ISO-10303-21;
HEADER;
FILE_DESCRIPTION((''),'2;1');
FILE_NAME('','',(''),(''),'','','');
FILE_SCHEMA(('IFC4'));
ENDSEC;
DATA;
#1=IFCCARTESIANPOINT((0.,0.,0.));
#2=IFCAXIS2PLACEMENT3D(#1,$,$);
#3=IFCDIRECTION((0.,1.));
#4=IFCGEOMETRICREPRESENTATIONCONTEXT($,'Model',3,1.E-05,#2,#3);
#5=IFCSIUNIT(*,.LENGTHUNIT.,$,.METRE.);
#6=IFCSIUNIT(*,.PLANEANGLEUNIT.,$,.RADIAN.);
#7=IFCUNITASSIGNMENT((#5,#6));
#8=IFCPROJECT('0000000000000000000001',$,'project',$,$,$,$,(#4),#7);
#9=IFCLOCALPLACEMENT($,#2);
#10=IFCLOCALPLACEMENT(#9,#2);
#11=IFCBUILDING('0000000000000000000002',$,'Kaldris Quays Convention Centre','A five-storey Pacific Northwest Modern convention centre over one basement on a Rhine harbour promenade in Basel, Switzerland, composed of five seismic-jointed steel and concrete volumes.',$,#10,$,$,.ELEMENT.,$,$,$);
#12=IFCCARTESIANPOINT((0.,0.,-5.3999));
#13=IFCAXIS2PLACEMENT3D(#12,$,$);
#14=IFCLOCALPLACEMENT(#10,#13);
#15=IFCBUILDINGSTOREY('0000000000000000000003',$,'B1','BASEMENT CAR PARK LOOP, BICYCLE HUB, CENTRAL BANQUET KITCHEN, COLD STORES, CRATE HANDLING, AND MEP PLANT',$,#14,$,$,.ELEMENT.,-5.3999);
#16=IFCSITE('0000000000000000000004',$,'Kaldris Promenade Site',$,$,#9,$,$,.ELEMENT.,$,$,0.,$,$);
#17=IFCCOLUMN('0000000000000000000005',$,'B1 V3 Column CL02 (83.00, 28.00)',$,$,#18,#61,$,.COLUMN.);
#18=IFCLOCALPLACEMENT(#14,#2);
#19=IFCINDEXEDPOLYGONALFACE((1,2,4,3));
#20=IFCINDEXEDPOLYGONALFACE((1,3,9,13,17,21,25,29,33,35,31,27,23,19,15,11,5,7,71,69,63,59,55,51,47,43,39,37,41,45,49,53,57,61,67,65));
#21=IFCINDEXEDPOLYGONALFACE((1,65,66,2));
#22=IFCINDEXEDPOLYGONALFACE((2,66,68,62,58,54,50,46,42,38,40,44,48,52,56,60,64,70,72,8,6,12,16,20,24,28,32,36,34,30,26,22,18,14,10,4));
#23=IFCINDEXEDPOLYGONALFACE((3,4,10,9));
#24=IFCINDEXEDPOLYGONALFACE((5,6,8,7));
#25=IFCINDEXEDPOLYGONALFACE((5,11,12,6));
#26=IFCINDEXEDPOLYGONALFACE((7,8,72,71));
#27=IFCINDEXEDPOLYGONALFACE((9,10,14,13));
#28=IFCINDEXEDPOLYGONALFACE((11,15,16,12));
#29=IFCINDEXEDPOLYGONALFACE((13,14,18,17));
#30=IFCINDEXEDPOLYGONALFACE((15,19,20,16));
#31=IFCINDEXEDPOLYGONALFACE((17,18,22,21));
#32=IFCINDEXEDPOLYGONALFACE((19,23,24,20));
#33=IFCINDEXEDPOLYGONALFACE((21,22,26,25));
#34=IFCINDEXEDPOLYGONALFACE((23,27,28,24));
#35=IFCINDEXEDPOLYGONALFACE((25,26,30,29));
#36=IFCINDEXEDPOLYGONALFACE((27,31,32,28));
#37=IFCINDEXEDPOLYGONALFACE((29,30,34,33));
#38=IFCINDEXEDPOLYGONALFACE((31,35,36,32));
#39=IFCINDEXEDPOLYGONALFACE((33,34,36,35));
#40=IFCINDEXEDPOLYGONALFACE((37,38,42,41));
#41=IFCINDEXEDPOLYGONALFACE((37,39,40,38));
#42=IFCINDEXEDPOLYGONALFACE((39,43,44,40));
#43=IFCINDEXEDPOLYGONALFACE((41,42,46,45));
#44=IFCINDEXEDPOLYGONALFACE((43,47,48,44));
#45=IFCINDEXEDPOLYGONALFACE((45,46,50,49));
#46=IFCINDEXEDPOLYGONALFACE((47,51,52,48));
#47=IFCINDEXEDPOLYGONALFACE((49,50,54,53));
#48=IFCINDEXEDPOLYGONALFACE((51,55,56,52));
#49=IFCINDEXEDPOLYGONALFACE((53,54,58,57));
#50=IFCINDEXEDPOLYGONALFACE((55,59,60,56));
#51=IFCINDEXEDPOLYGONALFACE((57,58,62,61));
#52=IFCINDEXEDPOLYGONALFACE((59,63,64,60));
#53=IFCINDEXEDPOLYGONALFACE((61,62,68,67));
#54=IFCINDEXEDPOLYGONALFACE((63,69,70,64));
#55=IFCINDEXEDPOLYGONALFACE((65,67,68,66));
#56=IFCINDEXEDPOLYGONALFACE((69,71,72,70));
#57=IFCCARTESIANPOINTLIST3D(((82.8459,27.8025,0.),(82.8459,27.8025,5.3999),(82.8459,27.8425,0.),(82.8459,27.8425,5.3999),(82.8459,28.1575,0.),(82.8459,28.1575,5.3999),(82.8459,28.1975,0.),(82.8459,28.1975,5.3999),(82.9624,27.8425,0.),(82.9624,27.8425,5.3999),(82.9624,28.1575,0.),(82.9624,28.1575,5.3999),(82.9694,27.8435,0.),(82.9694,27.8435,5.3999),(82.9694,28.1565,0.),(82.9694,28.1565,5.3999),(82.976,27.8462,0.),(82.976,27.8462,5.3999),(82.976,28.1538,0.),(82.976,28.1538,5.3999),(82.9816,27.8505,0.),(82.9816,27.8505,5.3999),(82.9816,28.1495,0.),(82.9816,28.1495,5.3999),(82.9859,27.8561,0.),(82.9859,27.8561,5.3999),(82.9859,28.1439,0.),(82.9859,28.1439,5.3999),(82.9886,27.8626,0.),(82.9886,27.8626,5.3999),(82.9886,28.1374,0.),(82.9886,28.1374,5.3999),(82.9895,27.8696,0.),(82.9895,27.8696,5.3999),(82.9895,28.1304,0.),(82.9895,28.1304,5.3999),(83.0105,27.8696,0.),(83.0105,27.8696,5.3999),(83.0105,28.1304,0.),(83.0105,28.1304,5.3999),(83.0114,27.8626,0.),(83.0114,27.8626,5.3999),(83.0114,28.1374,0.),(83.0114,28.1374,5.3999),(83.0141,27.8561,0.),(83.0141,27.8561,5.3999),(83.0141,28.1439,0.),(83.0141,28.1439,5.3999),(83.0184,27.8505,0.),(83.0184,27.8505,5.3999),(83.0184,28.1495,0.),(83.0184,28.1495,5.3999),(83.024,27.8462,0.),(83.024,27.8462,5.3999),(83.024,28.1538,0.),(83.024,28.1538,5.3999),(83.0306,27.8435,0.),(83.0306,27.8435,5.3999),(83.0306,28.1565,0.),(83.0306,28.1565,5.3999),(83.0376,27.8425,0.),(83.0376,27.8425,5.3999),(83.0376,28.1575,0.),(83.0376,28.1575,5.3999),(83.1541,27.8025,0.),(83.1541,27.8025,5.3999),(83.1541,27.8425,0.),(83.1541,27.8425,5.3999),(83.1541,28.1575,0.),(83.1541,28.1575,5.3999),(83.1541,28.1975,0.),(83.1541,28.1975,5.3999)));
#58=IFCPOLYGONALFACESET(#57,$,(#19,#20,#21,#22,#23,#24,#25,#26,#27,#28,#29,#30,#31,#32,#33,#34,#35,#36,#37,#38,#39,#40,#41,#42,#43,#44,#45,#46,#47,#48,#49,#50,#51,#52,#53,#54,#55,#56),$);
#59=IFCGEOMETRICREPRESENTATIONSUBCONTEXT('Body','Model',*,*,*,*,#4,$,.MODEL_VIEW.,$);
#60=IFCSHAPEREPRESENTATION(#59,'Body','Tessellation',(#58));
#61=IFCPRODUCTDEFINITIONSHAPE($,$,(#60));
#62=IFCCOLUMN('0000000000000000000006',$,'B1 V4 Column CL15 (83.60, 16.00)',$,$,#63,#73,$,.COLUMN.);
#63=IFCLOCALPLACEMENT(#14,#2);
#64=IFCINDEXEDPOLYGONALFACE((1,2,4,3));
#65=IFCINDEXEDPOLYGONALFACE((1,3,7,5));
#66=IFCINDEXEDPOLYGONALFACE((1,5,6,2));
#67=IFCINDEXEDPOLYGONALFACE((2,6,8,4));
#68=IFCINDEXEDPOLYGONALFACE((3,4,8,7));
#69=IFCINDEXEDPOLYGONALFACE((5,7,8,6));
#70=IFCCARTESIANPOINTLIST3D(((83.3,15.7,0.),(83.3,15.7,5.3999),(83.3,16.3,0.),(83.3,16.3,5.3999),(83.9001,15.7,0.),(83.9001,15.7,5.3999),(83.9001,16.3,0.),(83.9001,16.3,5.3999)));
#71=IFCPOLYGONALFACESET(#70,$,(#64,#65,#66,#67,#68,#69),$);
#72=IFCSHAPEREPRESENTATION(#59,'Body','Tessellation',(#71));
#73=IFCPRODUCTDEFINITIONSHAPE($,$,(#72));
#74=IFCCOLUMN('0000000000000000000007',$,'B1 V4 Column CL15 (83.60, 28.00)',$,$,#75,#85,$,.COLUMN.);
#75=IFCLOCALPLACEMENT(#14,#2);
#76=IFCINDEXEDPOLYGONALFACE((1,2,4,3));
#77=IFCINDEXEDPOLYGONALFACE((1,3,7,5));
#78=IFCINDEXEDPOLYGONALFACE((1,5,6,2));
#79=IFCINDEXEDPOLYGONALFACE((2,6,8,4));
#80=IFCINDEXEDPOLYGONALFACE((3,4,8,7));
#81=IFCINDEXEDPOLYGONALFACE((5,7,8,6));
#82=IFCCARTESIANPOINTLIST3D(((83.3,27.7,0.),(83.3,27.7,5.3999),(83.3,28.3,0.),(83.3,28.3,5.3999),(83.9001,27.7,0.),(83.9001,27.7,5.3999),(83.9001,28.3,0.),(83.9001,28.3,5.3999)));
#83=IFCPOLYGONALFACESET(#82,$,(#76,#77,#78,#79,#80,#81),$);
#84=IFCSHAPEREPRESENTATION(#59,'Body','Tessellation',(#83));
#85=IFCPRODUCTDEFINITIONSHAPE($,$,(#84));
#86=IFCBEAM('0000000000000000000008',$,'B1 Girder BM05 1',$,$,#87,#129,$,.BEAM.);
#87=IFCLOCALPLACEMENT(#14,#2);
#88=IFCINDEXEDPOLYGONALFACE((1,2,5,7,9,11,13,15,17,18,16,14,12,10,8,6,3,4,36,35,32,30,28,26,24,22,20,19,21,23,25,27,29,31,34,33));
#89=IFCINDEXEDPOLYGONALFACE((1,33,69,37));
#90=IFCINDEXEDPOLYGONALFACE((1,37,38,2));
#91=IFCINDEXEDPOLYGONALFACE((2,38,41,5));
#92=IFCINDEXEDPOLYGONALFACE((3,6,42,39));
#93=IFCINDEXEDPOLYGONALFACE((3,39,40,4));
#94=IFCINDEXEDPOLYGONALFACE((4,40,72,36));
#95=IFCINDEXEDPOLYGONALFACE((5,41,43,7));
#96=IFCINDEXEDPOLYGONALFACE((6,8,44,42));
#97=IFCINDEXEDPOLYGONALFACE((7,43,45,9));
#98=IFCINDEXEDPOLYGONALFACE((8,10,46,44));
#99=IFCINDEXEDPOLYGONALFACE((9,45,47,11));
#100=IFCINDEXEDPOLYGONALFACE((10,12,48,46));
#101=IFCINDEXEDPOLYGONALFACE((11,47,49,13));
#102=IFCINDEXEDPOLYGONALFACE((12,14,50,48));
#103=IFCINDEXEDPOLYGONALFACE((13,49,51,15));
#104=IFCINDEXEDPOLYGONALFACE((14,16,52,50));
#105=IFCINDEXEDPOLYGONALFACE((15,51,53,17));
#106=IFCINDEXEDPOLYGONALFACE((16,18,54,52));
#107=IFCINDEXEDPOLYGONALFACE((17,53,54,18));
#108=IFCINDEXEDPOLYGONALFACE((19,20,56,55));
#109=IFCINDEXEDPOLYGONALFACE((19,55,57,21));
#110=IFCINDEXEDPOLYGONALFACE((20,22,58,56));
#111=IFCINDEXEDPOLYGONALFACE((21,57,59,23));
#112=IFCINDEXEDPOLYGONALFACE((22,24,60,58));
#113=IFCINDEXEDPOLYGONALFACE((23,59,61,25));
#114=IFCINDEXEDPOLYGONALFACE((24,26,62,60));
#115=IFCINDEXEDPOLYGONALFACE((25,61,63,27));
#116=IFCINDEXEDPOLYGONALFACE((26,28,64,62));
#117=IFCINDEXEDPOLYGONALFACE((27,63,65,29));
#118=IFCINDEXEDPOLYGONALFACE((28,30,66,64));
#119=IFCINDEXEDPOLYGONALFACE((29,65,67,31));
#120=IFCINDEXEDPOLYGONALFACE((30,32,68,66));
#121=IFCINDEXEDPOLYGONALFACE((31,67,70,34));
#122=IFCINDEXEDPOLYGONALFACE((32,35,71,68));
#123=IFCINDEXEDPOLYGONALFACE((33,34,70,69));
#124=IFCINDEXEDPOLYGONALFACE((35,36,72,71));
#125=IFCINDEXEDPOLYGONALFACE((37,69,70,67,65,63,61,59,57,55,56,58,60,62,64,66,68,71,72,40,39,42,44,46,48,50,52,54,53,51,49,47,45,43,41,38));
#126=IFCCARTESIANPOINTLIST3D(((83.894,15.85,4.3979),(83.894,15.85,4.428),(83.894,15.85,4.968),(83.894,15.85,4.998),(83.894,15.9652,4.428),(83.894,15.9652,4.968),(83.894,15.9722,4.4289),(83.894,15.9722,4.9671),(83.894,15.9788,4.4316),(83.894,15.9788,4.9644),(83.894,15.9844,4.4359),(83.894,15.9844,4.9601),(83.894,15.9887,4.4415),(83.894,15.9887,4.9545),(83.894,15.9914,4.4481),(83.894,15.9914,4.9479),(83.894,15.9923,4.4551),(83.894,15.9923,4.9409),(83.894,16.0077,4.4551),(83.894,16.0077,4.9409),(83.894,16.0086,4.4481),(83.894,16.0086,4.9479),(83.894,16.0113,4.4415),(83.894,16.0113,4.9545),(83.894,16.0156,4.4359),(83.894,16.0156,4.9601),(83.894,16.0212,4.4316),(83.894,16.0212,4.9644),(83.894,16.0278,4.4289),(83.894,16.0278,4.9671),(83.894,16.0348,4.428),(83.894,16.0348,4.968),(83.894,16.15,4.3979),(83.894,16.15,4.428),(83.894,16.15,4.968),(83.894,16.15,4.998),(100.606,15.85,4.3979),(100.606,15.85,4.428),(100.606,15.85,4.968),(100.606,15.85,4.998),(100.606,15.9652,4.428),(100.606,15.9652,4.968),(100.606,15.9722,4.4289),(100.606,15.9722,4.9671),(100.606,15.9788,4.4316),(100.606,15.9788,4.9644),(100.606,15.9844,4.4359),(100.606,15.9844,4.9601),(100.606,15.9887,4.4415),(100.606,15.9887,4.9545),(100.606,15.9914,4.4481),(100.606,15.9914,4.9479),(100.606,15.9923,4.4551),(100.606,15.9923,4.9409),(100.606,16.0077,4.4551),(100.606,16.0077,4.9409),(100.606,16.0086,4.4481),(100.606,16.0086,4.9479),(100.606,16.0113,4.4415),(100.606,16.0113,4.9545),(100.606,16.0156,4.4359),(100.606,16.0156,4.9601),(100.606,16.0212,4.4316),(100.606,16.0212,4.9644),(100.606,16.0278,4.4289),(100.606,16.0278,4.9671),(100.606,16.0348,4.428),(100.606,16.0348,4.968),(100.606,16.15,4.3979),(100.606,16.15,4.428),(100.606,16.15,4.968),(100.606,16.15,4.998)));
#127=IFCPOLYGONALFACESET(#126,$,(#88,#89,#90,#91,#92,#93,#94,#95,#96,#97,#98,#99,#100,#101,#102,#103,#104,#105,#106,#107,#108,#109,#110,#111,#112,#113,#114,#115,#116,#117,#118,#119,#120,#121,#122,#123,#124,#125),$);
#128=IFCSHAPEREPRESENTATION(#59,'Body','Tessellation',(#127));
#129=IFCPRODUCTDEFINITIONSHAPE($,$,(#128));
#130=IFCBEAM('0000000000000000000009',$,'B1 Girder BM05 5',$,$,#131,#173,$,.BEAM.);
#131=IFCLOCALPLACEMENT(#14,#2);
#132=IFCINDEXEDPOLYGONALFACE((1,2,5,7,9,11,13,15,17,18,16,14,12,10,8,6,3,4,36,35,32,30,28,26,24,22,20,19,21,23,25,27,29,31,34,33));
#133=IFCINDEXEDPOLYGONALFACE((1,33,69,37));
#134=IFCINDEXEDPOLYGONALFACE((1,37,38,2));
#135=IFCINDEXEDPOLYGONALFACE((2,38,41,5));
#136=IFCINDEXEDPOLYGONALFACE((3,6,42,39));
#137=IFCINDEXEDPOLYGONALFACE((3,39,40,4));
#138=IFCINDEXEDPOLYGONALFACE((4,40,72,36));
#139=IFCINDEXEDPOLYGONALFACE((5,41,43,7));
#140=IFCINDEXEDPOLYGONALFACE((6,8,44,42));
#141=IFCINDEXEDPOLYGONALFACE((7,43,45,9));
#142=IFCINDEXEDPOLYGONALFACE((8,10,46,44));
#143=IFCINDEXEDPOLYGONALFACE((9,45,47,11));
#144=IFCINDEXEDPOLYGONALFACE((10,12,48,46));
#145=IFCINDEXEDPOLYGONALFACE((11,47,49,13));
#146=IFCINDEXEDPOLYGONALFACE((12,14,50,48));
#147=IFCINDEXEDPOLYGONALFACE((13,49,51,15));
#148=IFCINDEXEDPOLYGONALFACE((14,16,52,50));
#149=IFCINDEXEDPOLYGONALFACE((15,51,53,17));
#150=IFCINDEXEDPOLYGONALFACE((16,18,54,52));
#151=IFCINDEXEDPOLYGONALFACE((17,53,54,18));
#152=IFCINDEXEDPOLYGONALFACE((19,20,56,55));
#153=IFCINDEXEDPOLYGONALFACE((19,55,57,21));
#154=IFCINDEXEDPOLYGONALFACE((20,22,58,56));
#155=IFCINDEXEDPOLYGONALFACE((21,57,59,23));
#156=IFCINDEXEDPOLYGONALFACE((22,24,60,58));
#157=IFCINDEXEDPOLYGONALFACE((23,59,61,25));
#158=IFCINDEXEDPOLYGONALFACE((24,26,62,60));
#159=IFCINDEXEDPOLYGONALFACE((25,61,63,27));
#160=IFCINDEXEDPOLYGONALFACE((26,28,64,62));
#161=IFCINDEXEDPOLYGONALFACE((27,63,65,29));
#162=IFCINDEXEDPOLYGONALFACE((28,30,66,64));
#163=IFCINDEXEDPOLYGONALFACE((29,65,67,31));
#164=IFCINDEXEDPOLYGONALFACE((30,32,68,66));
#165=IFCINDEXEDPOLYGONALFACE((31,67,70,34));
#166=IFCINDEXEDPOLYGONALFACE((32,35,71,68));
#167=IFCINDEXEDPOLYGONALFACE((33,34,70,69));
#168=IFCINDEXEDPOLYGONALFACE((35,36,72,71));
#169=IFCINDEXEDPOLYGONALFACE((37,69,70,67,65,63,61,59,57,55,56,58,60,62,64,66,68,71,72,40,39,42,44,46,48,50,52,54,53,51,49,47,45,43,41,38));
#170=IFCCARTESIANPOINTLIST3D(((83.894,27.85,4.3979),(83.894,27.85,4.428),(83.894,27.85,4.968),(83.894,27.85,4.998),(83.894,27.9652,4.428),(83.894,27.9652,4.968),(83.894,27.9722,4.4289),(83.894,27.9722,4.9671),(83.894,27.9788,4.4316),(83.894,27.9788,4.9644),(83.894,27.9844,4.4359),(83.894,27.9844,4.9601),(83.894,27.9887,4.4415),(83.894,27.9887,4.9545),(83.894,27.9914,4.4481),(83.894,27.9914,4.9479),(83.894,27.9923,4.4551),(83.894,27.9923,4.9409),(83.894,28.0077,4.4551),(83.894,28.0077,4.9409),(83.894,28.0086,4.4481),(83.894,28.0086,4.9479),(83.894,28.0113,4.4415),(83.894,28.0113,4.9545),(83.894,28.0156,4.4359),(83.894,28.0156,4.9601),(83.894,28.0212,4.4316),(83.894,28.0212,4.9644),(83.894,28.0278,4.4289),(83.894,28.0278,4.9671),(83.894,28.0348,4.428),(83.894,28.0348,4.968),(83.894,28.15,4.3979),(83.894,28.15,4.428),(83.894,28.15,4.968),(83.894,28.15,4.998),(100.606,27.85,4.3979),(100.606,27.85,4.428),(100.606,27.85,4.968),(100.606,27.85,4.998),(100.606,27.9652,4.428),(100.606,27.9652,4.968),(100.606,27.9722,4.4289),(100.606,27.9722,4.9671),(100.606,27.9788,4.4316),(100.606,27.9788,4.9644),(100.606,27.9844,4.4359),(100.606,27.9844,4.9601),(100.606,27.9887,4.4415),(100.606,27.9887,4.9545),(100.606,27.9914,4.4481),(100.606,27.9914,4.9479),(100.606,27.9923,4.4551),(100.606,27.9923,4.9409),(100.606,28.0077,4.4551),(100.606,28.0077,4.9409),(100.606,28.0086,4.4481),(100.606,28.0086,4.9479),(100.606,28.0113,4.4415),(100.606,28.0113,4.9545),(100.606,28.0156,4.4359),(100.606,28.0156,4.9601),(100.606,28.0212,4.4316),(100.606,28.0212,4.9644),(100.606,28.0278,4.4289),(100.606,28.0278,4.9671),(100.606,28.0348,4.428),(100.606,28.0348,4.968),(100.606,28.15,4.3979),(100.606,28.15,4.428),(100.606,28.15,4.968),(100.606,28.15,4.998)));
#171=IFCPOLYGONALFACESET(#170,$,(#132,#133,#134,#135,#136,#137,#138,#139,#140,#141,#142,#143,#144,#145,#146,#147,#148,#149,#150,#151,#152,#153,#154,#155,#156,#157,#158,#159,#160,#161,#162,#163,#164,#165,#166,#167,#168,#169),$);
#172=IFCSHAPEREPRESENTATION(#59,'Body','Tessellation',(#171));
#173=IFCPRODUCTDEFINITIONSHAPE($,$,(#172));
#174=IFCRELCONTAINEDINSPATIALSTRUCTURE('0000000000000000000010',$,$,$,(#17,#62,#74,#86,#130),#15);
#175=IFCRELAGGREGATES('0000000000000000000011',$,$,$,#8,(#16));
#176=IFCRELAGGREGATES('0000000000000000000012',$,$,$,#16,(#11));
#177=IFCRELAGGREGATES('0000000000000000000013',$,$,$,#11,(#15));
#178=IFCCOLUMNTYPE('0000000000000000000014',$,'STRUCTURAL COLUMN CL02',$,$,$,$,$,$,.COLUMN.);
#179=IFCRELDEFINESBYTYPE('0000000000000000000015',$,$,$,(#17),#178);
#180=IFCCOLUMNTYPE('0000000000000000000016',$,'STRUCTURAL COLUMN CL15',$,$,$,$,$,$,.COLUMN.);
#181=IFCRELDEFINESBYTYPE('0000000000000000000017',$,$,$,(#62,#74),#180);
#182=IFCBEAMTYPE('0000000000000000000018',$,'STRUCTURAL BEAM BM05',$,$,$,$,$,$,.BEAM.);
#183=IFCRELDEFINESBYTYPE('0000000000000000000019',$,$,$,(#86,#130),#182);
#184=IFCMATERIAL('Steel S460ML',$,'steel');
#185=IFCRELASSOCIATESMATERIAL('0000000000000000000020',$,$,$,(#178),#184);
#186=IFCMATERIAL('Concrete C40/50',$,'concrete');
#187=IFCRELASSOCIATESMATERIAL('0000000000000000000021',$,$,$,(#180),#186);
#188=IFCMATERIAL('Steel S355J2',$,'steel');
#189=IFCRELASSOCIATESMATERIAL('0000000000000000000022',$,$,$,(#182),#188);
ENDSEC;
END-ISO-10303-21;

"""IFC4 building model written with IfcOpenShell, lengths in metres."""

from ifc_helpers import new_model, si_unit, direction, frame, origin, origin_2d, place, context, subcontext, project, spatial, rectangle, i_section, extrude, material, material_profile, profile_set, type_object, element, save


model = new_model("IFC4")

# Units and contexts
model_context = context("Model", 3, precision=1e-05, world=origin(), true_north=direction((0.0, 1.0)))
body_context = subcontext(model_context, "Body", "Model", "MODEL_VIEW")
ifc_project = project(units=[si_unit("LENGTHUNIT", "METRE"), si_unit("PLANEANGLEUNIT", "RADIAN")], contexts=[model_context])

# Site, building, storey
site_placement = place(None, origin())
site = spatial("IfcSite", under=ifc_project, at=site_placement, Name="Kaldris Promenade Site", CompositionType="ELEMENT", RefElevation=0.0)
building_placement = place(site_placement, origin())
building = spatial("IfcBuilding", under=site, at=building_placement, Name="Kaldris Quays Convention Centre", Description="A five-storey Pacific Northwest Modern convention centre over one basement on a Rhine harbour promenade in Basel, Switzerland, composed of five seismic-jointed steel and concrete volumes.", CompositionType="ELEMENT")
storey_placement = place(building_placement, frame((0.0, 0.0, -5.3999)))
storey = spatial("IfcBuildingStorey", under=building, at=storey_placement, Name="B1", Description="BASEMENT CAR PARK LOOP, BICYCLE HUB, CENTRAL BANQUET KITCHEN, COLD STORES, CRATE HANDLING, AND MEP PLANT", CompositionType="ELEMENT", Elevation=-5.3999)

# Columns
ifc_material_1 = material(Name="Steel S460ML", Category="steel")
ifc_material_profile_1 = material_profile(ifc_material_1, i_section(OverallWidth=0.3081, OverallDepth=0.395, WebThickness=0.021, FlangeThickness=0.04, FilletRadius=0.0271, at=origin_2d()), Name="HEM 360")
ifc_profile_set_1 = profile_set([ifc_material_profile_1], Name="Steel S460ML")
column_type_1 = type_object("IfcColumnType", Name="STRUCTURAL COLUMN CL02", PredefinedType="COLUMN", material=ifc_profile_set_1)
for number, where, z_axis, x_axis, name in (
    (1, (83.0, 28.0, 0.0), (0.0, 0.0, 1.0), (1.0, 0.0, 0.0), "B1 V3 Column CL02 (83.00, 28.00)"),
):
    element("IfcColumn", number, at=place(storey_placement, frame(where, z_axis=z_axis, x_axis=x_axis)), inside=storey, type_object=column_type_1, Name=name, PredefinedType="COLUMN", context=body_context, shape_type="SweptSolid", body=[
        extrude(i_section(OverallWidth=0.3081, OverallDepth=0.395, WebThickness=0.021, FlangeThickness=0.04, FilletRadius=0.0271, at=origin_2d()), origin(), (0.0, 0.0, 1.0), 5.3999),
    ])
ifc_material_2 = material(Name="Concrete C40/50", Category="concrete")
ifc_material_profile_2 = material_profile(ifc_material_2, rectangle(XDim=0.6001, YDim=0.6001, at=origin_2d()), Name="RC 600x600")
ifc_profile_set_2 = profile_set([ifc_material_profile_2], Name="Concrete C40/50")
column_type_2 = type_object("IfcColumnType", Name="STRUCTURAL COLUMN CL15", PredefinedType="COLUMN", material=ifc_profile_set_2)
for number, where, z_axis, x_axis, name in (
    (2, (83.6001, 16.0, 0.0), (0.0, 0.0, 1.0), (1.0, 0.0, 0.0), "B1 V4 Column CL15 (83.60, 16.00)"),
    (3, (83.6001, 28.0, 0.0), (0.0, 0.0, 1.0), (1.0, 0.0, 0.0), "B1 V4 Column CL15 (83.60, 28.00)"),
):
    element("IfcColumn", number, at=place(storey_placement, frame(where, z_axis=z_axis, x_axis=x_axis)), inside=storey, type_object=column_type_2, Name=name, PredefinedType="COLUMN", context=body_context, shape_type="SweptSolid", body=[
        extrude(rectangle(XDim=0.6001, YDim=0.6001, at=origin_2d()), origin(), (0.0, 0.0, 1.0), 5.3999),
    ])

# Beams
ifc_material_3 = material(Name="Steel S355J2", Category="steel")
ifc_material_profile_3 = material_profile(ifc_material_3, i_section(OverallWidth=0.3, OverallDepth=0.6001, WebThickness=0.0154, FlangeThickness=0.03, FilletRadius=0.0271, at=origin_2d()), Name="HEB 600")
ifc_profile_set_3 = profile_set([ifc_material_profile_3], Name="Steel S355J2")
beam_type_1 = type_object("IfcBeamType", Name="STRUCTURAL BEAM BM05", PredefinedType="BEAM", material=ifc_profile_set_3)
for number, where, z_axis, x_axis, name in (
    (4, (83.894, 16.0, 4.698), (1.0, 0.0, 0.0), (0.0, 1.0, 0.0), "B1 Girder BM05 1"),
    (5, (83.894, 28.0, 4.698), (1.0, 0.0, 0.0), (0.0, 1.0, 0.0), "B1 Girder BM05 5"),
):
    element("IfcBeam", number, at=place(storey_placement, frame(where, z_axis=z_axis, x_axis=x_axis)), inside=storey, type_object=beam_type_1, Name=name, PredefinedType="BEAM", context=body_context, shape_type="SweptSolid", body=[
        extrude(i_section(OverallWidth=0.3, OverallDepth=0.6001, WebThickness=0.0154, FlangeThickness=0.03, FilletRadius=0.0271, at=origin_2d()), origin(), (0.0, 0.0, 1.0), 16.7119),
    ])

save(model, "model.ifc")
